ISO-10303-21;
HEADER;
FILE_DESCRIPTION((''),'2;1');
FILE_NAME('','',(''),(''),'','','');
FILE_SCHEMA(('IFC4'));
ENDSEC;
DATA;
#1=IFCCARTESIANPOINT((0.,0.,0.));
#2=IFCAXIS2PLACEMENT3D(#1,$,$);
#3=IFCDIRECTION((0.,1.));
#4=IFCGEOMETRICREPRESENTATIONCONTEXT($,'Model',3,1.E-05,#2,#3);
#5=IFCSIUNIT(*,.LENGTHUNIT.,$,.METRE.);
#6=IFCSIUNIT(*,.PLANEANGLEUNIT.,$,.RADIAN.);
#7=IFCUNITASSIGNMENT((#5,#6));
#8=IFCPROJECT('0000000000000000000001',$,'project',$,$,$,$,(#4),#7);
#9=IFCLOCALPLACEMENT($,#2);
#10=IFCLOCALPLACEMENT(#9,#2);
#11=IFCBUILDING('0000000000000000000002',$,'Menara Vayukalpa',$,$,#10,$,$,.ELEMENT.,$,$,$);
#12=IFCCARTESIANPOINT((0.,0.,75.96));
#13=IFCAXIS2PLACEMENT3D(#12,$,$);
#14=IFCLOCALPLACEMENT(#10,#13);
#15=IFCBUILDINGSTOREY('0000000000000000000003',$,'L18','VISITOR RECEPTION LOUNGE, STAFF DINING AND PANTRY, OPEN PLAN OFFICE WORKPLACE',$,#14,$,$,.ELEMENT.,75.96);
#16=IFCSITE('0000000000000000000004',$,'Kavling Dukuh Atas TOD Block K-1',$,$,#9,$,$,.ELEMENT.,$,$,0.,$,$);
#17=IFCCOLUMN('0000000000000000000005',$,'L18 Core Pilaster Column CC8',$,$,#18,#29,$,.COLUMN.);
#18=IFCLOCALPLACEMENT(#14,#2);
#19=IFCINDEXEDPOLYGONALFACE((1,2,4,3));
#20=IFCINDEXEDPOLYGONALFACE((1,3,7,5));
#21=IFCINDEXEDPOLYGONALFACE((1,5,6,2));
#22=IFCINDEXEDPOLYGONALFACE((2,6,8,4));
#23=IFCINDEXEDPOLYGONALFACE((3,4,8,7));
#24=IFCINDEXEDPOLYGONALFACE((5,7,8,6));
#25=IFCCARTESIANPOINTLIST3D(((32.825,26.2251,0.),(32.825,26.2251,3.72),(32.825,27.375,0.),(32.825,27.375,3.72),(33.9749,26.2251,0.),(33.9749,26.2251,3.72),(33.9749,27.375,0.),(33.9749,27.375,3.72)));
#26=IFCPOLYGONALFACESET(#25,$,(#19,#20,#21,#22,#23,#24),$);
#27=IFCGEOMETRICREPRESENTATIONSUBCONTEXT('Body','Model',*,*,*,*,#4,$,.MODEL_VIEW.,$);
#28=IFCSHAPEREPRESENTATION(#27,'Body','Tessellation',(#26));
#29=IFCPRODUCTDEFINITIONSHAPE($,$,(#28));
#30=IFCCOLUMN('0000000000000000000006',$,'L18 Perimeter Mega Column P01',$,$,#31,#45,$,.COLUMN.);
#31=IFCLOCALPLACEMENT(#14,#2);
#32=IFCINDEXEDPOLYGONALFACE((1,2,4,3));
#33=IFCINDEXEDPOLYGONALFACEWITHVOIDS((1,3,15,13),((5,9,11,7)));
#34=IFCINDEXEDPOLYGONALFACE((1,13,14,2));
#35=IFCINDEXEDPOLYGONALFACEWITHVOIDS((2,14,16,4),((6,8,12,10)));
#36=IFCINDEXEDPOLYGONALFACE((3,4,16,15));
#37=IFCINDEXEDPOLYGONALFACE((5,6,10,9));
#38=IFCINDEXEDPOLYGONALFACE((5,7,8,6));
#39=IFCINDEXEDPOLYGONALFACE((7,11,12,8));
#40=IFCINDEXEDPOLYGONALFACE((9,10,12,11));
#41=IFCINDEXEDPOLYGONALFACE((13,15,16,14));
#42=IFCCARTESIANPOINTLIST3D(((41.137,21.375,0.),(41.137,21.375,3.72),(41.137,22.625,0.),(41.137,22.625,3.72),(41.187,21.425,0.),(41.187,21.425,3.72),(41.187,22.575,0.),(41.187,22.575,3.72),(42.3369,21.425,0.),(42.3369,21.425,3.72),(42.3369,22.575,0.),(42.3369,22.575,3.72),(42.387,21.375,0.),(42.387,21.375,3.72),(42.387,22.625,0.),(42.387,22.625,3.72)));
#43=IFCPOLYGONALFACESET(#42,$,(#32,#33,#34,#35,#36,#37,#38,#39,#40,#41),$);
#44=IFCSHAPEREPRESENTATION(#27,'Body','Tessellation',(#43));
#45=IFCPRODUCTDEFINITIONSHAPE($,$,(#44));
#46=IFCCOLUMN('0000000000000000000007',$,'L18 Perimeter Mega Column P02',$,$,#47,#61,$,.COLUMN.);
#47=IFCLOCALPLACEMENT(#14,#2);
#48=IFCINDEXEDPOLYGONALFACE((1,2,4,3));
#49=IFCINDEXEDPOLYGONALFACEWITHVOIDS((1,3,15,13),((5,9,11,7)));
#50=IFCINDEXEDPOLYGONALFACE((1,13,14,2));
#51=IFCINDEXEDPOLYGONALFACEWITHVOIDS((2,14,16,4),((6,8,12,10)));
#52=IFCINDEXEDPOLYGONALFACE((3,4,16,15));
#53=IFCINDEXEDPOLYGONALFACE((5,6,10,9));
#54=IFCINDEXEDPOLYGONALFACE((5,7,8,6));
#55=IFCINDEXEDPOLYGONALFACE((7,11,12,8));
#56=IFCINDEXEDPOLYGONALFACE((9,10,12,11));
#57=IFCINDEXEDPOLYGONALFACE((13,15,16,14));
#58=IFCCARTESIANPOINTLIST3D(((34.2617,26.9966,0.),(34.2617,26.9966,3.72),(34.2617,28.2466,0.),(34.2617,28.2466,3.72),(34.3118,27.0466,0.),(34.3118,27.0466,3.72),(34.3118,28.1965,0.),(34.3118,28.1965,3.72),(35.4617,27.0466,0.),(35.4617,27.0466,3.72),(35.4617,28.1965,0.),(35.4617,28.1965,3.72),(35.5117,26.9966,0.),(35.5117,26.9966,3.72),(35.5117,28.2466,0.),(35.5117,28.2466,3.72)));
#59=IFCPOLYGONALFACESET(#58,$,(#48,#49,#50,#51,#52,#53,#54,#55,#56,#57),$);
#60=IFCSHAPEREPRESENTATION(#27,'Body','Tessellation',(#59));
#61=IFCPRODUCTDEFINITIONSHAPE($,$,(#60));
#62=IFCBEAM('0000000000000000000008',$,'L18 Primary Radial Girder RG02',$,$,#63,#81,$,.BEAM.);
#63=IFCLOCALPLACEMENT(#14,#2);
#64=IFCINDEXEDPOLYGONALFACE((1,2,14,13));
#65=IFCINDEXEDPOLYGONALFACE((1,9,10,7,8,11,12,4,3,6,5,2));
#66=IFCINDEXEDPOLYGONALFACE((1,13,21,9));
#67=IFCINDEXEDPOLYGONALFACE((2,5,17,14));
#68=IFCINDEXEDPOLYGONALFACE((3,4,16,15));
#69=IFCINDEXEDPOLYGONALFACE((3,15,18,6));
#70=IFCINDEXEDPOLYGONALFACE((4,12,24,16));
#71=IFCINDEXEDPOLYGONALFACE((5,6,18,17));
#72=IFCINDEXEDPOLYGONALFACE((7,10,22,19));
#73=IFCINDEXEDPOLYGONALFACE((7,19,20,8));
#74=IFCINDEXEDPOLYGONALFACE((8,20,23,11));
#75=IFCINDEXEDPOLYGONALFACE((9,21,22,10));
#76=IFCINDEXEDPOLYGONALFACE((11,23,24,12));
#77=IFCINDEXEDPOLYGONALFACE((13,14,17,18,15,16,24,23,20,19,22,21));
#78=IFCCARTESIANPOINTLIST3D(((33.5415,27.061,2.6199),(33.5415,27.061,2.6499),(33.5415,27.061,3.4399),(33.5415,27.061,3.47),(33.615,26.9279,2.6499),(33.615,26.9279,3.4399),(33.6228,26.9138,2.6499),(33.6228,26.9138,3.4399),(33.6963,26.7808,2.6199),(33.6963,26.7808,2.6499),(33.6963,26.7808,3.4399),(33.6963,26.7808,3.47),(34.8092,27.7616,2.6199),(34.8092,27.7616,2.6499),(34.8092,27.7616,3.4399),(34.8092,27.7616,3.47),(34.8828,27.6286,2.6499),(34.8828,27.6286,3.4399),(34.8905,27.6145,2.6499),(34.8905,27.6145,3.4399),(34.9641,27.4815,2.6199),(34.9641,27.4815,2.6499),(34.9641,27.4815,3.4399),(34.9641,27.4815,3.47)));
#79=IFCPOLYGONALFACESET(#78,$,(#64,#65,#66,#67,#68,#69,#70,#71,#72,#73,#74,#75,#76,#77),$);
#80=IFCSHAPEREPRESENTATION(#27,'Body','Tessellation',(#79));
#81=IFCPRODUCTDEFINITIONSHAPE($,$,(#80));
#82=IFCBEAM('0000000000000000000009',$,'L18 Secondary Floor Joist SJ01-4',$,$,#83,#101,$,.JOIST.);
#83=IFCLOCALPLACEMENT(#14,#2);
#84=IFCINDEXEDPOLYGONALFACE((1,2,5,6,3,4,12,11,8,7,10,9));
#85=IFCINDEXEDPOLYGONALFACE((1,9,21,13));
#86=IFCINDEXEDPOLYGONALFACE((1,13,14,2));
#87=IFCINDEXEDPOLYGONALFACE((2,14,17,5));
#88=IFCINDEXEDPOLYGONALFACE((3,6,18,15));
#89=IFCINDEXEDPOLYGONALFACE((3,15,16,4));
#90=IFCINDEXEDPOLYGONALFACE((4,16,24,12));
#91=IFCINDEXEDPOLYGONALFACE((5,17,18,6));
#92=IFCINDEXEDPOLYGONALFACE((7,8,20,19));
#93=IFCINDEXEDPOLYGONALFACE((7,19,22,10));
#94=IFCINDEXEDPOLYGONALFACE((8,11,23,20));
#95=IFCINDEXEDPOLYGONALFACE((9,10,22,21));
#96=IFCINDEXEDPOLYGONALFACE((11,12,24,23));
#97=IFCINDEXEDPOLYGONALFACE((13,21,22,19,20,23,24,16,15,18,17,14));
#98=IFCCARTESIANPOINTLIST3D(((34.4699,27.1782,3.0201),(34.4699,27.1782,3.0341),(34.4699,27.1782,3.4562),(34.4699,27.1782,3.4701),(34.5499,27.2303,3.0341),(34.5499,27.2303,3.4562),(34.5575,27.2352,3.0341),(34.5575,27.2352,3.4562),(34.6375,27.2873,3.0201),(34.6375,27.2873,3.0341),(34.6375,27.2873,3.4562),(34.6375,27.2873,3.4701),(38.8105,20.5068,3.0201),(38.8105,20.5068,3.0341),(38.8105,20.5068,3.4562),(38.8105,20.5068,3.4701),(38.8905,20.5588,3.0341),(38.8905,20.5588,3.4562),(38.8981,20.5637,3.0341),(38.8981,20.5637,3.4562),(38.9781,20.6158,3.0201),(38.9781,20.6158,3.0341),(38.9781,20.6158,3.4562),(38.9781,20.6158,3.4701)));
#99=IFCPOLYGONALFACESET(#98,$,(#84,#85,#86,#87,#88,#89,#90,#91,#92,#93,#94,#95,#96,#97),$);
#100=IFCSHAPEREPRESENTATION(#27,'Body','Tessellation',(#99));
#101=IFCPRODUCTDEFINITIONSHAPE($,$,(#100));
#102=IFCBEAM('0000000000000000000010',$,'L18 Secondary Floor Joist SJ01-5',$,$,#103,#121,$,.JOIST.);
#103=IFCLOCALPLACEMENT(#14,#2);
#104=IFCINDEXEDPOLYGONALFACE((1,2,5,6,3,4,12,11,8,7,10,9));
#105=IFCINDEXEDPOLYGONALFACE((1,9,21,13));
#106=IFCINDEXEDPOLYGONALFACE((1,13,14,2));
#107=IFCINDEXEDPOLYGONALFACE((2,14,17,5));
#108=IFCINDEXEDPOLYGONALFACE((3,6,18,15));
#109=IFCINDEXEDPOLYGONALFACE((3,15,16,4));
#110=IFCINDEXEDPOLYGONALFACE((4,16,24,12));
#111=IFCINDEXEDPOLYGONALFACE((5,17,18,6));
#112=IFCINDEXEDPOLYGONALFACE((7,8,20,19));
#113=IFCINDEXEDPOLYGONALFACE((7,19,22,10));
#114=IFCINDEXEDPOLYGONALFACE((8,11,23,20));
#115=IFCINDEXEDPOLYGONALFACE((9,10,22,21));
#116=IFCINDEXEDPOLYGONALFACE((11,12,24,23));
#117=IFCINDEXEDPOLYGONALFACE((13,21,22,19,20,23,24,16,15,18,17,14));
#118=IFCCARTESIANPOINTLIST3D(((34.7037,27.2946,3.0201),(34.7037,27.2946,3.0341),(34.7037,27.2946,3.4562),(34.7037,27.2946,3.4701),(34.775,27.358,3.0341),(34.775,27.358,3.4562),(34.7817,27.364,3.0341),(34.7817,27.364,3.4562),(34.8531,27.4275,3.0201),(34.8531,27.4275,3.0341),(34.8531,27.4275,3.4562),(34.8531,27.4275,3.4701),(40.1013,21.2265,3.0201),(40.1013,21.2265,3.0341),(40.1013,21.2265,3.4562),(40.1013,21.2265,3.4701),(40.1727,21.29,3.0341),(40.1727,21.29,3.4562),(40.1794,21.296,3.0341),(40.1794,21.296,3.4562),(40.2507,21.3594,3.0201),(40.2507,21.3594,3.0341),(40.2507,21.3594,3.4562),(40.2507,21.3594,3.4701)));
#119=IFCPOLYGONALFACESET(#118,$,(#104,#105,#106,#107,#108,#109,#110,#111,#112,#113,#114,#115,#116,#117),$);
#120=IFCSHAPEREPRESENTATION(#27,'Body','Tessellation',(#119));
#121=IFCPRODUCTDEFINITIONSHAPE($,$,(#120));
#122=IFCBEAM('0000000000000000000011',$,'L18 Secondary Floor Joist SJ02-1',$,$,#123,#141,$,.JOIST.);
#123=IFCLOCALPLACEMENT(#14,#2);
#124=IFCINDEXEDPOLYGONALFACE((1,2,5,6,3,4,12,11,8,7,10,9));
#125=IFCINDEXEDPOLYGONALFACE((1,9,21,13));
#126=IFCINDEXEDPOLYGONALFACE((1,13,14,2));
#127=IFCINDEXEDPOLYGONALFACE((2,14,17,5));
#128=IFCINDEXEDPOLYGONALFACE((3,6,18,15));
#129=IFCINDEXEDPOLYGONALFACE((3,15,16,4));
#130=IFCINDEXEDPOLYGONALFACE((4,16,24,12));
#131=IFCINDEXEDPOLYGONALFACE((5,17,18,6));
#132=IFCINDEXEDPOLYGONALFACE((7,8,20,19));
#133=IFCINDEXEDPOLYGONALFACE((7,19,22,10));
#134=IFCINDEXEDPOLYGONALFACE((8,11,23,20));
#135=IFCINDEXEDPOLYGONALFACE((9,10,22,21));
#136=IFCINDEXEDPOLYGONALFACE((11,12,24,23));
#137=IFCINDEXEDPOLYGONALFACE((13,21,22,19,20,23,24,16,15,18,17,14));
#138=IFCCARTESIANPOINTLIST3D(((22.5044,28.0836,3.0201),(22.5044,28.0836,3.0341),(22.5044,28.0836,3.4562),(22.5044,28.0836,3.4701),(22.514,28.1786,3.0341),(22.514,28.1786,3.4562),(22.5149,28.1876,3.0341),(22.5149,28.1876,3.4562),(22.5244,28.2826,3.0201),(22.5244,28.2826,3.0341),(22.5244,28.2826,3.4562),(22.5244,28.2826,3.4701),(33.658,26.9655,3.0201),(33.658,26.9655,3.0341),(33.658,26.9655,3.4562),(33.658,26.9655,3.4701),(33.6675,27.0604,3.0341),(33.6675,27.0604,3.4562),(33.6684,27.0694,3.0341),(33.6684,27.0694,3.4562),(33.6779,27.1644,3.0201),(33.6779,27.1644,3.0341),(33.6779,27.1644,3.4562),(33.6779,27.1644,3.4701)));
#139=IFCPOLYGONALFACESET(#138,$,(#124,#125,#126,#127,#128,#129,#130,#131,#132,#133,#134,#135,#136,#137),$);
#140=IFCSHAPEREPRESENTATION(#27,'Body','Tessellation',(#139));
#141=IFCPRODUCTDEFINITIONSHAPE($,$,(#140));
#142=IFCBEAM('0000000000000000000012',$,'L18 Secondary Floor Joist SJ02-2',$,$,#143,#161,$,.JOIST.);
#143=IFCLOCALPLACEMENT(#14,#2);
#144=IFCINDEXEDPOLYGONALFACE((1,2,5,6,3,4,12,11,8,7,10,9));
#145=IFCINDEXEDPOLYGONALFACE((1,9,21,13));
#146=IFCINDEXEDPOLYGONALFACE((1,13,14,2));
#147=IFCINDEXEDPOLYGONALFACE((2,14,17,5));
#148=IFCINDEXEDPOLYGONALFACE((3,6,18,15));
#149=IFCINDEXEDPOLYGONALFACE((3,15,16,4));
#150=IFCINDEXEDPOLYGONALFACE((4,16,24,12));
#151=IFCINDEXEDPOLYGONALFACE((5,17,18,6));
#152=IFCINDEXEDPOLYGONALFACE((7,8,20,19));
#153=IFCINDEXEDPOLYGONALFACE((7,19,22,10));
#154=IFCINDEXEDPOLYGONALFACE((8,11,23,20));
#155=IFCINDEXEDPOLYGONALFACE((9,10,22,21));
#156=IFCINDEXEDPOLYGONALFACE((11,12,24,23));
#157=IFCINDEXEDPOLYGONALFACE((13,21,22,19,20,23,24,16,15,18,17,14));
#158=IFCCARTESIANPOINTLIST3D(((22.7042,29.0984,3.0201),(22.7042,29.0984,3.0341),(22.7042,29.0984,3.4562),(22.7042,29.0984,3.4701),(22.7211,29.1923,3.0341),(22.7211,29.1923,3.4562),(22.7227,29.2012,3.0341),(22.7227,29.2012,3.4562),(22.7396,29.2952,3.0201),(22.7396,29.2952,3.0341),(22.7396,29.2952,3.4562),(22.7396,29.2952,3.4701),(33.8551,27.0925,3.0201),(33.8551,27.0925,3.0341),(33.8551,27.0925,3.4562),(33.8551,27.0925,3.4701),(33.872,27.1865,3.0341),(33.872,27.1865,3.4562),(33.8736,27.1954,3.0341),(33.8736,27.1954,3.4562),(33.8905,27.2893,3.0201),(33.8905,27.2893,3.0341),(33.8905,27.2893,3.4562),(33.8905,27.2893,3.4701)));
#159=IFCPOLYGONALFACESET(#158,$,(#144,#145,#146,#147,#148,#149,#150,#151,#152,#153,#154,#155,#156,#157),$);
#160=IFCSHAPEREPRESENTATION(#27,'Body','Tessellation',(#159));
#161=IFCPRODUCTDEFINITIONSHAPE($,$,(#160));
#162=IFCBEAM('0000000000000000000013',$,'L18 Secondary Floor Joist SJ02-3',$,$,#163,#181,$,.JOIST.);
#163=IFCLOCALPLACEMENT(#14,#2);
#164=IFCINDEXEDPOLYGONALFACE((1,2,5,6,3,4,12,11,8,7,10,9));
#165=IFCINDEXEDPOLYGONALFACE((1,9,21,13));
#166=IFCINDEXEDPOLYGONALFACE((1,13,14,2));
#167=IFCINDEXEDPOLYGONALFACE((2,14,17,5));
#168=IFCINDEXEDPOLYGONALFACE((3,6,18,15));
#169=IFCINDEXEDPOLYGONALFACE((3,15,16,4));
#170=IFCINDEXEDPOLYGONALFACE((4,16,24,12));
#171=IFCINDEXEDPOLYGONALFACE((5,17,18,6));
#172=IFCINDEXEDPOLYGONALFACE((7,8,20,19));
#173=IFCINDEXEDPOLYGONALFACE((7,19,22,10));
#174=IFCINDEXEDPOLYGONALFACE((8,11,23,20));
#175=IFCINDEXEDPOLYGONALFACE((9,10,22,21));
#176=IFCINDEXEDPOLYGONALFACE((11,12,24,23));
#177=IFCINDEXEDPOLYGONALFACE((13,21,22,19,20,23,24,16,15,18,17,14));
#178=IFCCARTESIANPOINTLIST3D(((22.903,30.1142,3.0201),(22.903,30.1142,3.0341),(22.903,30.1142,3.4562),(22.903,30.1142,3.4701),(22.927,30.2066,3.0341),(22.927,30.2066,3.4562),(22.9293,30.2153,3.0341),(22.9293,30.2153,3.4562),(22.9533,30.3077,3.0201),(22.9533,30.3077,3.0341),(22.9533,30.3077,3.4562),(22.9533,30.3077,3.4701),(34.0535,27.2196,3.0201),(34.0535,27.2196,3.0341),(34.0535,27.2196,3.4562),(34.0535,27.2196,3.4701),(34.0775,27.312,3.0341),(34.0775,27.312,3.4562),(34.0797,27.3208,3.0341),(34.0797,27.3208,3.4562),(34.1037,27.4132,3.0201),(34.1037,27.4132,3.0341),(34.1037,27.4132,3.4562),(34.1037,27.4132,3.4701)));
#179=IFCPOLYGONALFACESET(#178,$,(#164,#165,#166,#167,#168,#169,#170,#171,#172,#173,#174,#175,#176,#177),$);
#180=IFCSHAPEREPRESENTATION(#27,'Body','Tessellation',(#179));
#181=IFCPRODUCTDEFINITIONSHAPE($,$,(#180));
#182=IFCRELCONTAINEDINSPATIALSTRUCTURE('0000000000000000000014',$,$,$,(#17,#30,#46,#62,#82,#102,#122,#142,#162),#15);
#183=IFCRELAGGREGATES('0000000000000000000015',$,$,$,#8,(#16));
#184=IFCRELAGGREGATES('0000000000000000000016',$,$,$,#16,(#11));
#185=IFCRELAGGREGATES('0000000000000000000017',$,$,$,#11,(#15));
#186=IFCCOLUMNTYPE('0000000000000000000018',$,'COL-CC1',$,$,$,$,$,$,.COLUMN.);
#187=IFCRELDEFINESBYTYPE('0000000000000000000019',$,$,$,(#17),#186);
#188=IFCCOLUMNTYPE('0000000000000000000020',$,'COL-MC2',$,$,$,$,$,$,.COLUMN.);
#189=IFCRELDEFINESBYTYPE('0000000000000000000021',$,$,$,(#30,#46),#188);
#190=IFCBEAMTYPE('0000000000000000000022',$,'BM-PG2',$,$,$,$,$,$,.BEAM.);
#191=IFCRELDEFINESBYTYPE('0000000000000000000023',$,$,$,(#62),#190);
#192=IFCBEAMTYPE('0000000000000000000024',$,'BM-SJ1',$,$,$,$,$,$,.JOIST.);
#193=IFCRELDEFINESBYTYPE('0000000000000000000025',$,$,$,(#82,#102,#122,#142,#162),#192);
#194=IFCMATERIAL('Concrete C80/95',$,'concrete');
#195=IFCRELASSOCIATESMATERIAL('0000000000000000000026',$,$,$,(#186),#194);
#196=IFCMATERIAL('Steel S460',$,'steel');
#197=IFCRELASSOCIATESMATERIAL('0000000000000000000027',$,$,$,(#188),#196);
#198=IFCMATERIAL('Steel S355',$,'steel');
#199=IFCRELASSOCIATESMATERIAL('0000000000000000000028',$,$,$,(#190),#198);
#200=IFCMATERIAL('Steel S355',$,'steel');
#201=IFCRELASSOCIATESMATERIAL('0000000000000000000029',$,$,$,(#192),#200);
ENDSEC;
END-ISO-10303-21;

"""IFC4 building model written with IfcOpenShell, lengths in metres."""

from ifc_helpers import new_model, si_unit, direction, frame, origin, origin_2d, place, context, subcontext, project, spatial, rectangle, hollow_rectangle, i_section, extrude, material, material_profile, profile_set, type_object, element, save


model = new_model("IFC4")

# Units and contexts
model_context = context("Model", 3, precision=1e-05, world=origin(), true_north=direction((0.0, 1.0)))
body_context = subcontext(model_context, "Body", "Model", "MODEL_VIEW")
ifc_project = project(units=[si_unit("LENGTHUNIT", "METRE"), si_unit("PLANEANGLEUNIT", "RADIAN")], contexts=[model_context])

# Site, building, storey
site_placement = place(None, origin())
site = spatial("IfcSite", under=ifc_project, at=site_placement, Name="Kavling Dukuh Atas TOD Block K-1", CompositionType="ELEMENT", RefElevation=0.0)
building_placement = place(site_placement, origin())
building = spatial("IfcBuilding", under=site, at=building_placement, Name="Menara Vayukalpa", CompositionType="ELEMENT")
storey_placement = place(building_placement, frame((0.0, 0.0, 75.96)))
storey = spatial("IfcBuildingStorey", under=building, at=storey_placement, Name="L18", Description="VISITOR RECEPTION LOUNGE, STAFF DINING AND PANTRY, OPEN PLAN OFFICE WORKPLACE", CompositionType="ELEMENT", Elevation=75.96)

# Columns
ifc_material_1 = material(Name="Concrete C80/95", Category="concrete")
ifc_material_profile_1 = material_profile(ifc_material_1, rectangle(XDim=1.1499, YDim=1.1499, at=origin_2d()), Name="RC 1150x1150")
ifc_profile_set_1 = profile_set([ifc_material_profile_1], Name="Concrete C80/95")
column_type_1 = type_object("IfcColumnType", Name="COL-CC1", PredefinedType="COLUMN", material=ifc_profile_set_1)
column_placement = place(storey_placement, frame((33.3999, 26.8, 0.0), z_axis=(0.0, 0.0, 1.0), x_axis=(1.0, 0.0, 0.0)))
element("IfcColumn", 1, at=column_placement, inside=storey, type_object=column_type_1, Name="L18 Core Pilaster Column CC8", PredefinedType="COLUMN", context=body_context, shape_type="SweptSolid", body=[
    extrude(rectangle(XDim=1.1499, YDim=1.1499, at=origin_2d()), origin(), (0.0, 0.0, 1.0), 3.72),
])
ifc_material_2 = material(Name="Steel S460", Category="steel")
ifc_material_profile_2 = material_profile(ifc_material_2, hollow_rectangle(XDim=1.25, YDim=1.25, WallThickness=0.05, at=origin_2d()), Name="BOX 1250x1250x50")
ifc_profile_set_2 = profile_set([ifc_material_profile_2], Name="Steel S460")
column_type_2 = type_object("IfcColumnType", Name="COL-MC2", PredefinedType="COLUMN", material=ifc_profile_set_2)
for number, where, z_axis, x_axis, name in (
    (2, (41.762, 22.0, 0.0), (0.0, 0.0, 1.0), (1.0, 0.0, 0.0), "L18 Perimeter Mega Column P01"),
    (3, (34.8867, 27.6216, 0.0), (0.0, 0.0, 1.0), (1.0, 0.0, 0.0), "L18 Perimeter Mega Column P02"),
):
    element("IfcColumn", number, at=place(storey_placement, frame(where, z_axis=z_axis, x_axis=x_axis)), inside=storey, type_object=column_type_2, Name=name, PredefinedType="COLUMN", context=body_context, shape_type="SweptSolid", body=[
        extrude(hollow_rectangle(XDim=1.25, YDim=1.25, WallThickness=0.05, at=origin_2d()), origin(), (0.0, 0.0, 1.0), 3.72),
    ])

# Beams
ifc_material_3 = material(Name="Steel S355", Category="steel")
ifc_material_profile_3 = material_profile(ifc_material_3, i_section(OverallWidth=0.3201, OverallDepth=0.8501, WebThickness=0.0161, FlangeThickness=0.03, at=origin_2d()), Name="WF 850x320x16x30")
ifc_profile_set_3 = profile_set([ifc_material_profile_3], Name="Steel S355")
beam_type_1 = type_object("IfcBeamType", Name="BM-PG2", PredefinedType="BEAM", material=ifc_profile_set_3)
beam_1_placement = place(storey_placement, frame((33.6189, 26.9209, 3.0449), z_axis=(0.875228, 0.48371, 0.0), x_axis=(-0.48371, 0.875228, 0.0)))
element("IfcBeam", 4, at=beam_1_placement, inside=storey, type_object=beam_type_1, Name="L18 Primary Radial Girder RG02", PredefinedType="BEAM", context=body_context, shape_type="SweptSolid", body=[
    extrude(i_section(OverallWidth=0.3201, OverallDepth=0.8501, WebThickness=0.0161, FlangeThickness=0.03, at=origin_2d()), origin(), (0.0, 0.0, 1.0), 1.4485),
])
ifc_material_4 = material(Name="Steel S355", Category="steel")
ifc_material_profile_4 = material_profile(ifc_material_4, i_section(OverallWidth=0.2, OverallDepth=0.45, WebThickness=0.009, FlangeThickness=0.0139, at=origin_2d()), Name="WF 450x200x9x14")
ifc_profile_set_4 = profile_set([ifc_material_profile_4], Name="Steel S355")
beam_type_2 = type_object("IfcBeamType", Name="BM-SJ1", PredefinedType="JOIST", material=ifc_profile_set_4)
beam_2_placement = place(storey_placement, frame((38.8943, 20.5613, 3.2451), z_axis=(-0.545357, 0.838204, 0.0), x_axis=(-0.838204, -0.545357, 0.0)))
element("IfcBeam", 5, at=beam_2_placement, inside=storey, type_object=beam_type_2, Name="L18 Secondary Floor Joist SJ01-4", PredefinedType="JOIST", context=body_context, shape_type="SweptSolid", body=[
    extrude(i_section(OverallWidth=0.2, OverallDepth=0.45, WebThickness=0.009, FlangeThickness=0.0139, at=origin_2d()), origin(), (0.0, 0.0, 1.0), 7.9592),
])
beam_3_placement = place(storey_placement, frame((40.176, 21.293, 3.2451), z_axis=(-0.664627, 0.747175, 0.0), x_axis=(-0.747175, -0.664627, 0.0)))
element("IfcBeam", 6, at=beam_3_placement, inside=storey, type_object=beam_type_2, Name="L18 Secondary Floor Joist SJ01-5", PredefinedType="JOIST", context=body_context, shape_type="SweptSolid", body=[
    extrude(i_section(OverallWidth=0.2, OverallDepth=0.45, WebThickness=0.009, FlangeThickness=0.0139, at=origin_2d()), origin(), (0.0, 0.0, 1.0), 8.1213),
])
beam_4_placement = place(storey_placement, frame((33.668, 27.0649, 3.2451), z_axis=(-0.995012, 0.099752, 0.0), x_axis=(-0.099752, -0.995012, 0.0)))
element("IfcBeam", 7, at=beam_4_placement, inside=storey, type_object=beam_type_2, Name="L18 Secondary Floor Joist SJ02-1", PredefinedType="JOIST", context=body_context, shape_type="SweptSolid", body=[
    extrude(i_section(OverallWidth=0.2, OverallDepth=0.45, WebThickness=0.009, FlangeThickness=0.0139, at=origin_2d()), origin(), (0.0, 0.0, 1.0), 11.2095),
])
beam_5_placement = place(storey_placement, frame((33.8728, 27.1909, 3.2451), z_axis=(-0.984203, 0.177042, 0.0), x_axis=(-0.177042, -0.984203, 0.0)))
element("IfcBeam", 8, at=beam_5_placement, inside=storey, type_object=beam_type_2, Name="L18 Secondary Floor Joist SJ02-2", PredefinedType="JOIST", context=body_context, shape_type="SweptSolid", body=[
    extrude(i_section(OverallWidth=0.2, OverallDepth=0.45, WebThickness=0.009, FlangeThickness=0.0139, at=origin_2d()), origin(), (0.0, 0.0, 1.0), 11.3298),
])
beam_6_placement = place(storey_placement, frame((34.0786, 27.3164, 3.2451), z_axis=(-0.967919, 0.251262, 0.0), x_axis=(-0.251262, -0.967919, 0.0)))
element("IfcBeam", 9, at=beam_6_placement, inside=storey, type_object=beam_type_2, Name="L18 Secondary Floor Joist SJ02-3", PredefinedType="JOIST", context=body_context, shape_type="SweptSolid", body=[
    extrude(i_section(OverallWidth=0.2, OverallDepth=0.45, WebThickness=0.009, FlangeThickness=0.0139, at=origin_2d()), origin(), (0.0, 0.0, 1.0), 11.52),
])

save(model, "model.ifc")
